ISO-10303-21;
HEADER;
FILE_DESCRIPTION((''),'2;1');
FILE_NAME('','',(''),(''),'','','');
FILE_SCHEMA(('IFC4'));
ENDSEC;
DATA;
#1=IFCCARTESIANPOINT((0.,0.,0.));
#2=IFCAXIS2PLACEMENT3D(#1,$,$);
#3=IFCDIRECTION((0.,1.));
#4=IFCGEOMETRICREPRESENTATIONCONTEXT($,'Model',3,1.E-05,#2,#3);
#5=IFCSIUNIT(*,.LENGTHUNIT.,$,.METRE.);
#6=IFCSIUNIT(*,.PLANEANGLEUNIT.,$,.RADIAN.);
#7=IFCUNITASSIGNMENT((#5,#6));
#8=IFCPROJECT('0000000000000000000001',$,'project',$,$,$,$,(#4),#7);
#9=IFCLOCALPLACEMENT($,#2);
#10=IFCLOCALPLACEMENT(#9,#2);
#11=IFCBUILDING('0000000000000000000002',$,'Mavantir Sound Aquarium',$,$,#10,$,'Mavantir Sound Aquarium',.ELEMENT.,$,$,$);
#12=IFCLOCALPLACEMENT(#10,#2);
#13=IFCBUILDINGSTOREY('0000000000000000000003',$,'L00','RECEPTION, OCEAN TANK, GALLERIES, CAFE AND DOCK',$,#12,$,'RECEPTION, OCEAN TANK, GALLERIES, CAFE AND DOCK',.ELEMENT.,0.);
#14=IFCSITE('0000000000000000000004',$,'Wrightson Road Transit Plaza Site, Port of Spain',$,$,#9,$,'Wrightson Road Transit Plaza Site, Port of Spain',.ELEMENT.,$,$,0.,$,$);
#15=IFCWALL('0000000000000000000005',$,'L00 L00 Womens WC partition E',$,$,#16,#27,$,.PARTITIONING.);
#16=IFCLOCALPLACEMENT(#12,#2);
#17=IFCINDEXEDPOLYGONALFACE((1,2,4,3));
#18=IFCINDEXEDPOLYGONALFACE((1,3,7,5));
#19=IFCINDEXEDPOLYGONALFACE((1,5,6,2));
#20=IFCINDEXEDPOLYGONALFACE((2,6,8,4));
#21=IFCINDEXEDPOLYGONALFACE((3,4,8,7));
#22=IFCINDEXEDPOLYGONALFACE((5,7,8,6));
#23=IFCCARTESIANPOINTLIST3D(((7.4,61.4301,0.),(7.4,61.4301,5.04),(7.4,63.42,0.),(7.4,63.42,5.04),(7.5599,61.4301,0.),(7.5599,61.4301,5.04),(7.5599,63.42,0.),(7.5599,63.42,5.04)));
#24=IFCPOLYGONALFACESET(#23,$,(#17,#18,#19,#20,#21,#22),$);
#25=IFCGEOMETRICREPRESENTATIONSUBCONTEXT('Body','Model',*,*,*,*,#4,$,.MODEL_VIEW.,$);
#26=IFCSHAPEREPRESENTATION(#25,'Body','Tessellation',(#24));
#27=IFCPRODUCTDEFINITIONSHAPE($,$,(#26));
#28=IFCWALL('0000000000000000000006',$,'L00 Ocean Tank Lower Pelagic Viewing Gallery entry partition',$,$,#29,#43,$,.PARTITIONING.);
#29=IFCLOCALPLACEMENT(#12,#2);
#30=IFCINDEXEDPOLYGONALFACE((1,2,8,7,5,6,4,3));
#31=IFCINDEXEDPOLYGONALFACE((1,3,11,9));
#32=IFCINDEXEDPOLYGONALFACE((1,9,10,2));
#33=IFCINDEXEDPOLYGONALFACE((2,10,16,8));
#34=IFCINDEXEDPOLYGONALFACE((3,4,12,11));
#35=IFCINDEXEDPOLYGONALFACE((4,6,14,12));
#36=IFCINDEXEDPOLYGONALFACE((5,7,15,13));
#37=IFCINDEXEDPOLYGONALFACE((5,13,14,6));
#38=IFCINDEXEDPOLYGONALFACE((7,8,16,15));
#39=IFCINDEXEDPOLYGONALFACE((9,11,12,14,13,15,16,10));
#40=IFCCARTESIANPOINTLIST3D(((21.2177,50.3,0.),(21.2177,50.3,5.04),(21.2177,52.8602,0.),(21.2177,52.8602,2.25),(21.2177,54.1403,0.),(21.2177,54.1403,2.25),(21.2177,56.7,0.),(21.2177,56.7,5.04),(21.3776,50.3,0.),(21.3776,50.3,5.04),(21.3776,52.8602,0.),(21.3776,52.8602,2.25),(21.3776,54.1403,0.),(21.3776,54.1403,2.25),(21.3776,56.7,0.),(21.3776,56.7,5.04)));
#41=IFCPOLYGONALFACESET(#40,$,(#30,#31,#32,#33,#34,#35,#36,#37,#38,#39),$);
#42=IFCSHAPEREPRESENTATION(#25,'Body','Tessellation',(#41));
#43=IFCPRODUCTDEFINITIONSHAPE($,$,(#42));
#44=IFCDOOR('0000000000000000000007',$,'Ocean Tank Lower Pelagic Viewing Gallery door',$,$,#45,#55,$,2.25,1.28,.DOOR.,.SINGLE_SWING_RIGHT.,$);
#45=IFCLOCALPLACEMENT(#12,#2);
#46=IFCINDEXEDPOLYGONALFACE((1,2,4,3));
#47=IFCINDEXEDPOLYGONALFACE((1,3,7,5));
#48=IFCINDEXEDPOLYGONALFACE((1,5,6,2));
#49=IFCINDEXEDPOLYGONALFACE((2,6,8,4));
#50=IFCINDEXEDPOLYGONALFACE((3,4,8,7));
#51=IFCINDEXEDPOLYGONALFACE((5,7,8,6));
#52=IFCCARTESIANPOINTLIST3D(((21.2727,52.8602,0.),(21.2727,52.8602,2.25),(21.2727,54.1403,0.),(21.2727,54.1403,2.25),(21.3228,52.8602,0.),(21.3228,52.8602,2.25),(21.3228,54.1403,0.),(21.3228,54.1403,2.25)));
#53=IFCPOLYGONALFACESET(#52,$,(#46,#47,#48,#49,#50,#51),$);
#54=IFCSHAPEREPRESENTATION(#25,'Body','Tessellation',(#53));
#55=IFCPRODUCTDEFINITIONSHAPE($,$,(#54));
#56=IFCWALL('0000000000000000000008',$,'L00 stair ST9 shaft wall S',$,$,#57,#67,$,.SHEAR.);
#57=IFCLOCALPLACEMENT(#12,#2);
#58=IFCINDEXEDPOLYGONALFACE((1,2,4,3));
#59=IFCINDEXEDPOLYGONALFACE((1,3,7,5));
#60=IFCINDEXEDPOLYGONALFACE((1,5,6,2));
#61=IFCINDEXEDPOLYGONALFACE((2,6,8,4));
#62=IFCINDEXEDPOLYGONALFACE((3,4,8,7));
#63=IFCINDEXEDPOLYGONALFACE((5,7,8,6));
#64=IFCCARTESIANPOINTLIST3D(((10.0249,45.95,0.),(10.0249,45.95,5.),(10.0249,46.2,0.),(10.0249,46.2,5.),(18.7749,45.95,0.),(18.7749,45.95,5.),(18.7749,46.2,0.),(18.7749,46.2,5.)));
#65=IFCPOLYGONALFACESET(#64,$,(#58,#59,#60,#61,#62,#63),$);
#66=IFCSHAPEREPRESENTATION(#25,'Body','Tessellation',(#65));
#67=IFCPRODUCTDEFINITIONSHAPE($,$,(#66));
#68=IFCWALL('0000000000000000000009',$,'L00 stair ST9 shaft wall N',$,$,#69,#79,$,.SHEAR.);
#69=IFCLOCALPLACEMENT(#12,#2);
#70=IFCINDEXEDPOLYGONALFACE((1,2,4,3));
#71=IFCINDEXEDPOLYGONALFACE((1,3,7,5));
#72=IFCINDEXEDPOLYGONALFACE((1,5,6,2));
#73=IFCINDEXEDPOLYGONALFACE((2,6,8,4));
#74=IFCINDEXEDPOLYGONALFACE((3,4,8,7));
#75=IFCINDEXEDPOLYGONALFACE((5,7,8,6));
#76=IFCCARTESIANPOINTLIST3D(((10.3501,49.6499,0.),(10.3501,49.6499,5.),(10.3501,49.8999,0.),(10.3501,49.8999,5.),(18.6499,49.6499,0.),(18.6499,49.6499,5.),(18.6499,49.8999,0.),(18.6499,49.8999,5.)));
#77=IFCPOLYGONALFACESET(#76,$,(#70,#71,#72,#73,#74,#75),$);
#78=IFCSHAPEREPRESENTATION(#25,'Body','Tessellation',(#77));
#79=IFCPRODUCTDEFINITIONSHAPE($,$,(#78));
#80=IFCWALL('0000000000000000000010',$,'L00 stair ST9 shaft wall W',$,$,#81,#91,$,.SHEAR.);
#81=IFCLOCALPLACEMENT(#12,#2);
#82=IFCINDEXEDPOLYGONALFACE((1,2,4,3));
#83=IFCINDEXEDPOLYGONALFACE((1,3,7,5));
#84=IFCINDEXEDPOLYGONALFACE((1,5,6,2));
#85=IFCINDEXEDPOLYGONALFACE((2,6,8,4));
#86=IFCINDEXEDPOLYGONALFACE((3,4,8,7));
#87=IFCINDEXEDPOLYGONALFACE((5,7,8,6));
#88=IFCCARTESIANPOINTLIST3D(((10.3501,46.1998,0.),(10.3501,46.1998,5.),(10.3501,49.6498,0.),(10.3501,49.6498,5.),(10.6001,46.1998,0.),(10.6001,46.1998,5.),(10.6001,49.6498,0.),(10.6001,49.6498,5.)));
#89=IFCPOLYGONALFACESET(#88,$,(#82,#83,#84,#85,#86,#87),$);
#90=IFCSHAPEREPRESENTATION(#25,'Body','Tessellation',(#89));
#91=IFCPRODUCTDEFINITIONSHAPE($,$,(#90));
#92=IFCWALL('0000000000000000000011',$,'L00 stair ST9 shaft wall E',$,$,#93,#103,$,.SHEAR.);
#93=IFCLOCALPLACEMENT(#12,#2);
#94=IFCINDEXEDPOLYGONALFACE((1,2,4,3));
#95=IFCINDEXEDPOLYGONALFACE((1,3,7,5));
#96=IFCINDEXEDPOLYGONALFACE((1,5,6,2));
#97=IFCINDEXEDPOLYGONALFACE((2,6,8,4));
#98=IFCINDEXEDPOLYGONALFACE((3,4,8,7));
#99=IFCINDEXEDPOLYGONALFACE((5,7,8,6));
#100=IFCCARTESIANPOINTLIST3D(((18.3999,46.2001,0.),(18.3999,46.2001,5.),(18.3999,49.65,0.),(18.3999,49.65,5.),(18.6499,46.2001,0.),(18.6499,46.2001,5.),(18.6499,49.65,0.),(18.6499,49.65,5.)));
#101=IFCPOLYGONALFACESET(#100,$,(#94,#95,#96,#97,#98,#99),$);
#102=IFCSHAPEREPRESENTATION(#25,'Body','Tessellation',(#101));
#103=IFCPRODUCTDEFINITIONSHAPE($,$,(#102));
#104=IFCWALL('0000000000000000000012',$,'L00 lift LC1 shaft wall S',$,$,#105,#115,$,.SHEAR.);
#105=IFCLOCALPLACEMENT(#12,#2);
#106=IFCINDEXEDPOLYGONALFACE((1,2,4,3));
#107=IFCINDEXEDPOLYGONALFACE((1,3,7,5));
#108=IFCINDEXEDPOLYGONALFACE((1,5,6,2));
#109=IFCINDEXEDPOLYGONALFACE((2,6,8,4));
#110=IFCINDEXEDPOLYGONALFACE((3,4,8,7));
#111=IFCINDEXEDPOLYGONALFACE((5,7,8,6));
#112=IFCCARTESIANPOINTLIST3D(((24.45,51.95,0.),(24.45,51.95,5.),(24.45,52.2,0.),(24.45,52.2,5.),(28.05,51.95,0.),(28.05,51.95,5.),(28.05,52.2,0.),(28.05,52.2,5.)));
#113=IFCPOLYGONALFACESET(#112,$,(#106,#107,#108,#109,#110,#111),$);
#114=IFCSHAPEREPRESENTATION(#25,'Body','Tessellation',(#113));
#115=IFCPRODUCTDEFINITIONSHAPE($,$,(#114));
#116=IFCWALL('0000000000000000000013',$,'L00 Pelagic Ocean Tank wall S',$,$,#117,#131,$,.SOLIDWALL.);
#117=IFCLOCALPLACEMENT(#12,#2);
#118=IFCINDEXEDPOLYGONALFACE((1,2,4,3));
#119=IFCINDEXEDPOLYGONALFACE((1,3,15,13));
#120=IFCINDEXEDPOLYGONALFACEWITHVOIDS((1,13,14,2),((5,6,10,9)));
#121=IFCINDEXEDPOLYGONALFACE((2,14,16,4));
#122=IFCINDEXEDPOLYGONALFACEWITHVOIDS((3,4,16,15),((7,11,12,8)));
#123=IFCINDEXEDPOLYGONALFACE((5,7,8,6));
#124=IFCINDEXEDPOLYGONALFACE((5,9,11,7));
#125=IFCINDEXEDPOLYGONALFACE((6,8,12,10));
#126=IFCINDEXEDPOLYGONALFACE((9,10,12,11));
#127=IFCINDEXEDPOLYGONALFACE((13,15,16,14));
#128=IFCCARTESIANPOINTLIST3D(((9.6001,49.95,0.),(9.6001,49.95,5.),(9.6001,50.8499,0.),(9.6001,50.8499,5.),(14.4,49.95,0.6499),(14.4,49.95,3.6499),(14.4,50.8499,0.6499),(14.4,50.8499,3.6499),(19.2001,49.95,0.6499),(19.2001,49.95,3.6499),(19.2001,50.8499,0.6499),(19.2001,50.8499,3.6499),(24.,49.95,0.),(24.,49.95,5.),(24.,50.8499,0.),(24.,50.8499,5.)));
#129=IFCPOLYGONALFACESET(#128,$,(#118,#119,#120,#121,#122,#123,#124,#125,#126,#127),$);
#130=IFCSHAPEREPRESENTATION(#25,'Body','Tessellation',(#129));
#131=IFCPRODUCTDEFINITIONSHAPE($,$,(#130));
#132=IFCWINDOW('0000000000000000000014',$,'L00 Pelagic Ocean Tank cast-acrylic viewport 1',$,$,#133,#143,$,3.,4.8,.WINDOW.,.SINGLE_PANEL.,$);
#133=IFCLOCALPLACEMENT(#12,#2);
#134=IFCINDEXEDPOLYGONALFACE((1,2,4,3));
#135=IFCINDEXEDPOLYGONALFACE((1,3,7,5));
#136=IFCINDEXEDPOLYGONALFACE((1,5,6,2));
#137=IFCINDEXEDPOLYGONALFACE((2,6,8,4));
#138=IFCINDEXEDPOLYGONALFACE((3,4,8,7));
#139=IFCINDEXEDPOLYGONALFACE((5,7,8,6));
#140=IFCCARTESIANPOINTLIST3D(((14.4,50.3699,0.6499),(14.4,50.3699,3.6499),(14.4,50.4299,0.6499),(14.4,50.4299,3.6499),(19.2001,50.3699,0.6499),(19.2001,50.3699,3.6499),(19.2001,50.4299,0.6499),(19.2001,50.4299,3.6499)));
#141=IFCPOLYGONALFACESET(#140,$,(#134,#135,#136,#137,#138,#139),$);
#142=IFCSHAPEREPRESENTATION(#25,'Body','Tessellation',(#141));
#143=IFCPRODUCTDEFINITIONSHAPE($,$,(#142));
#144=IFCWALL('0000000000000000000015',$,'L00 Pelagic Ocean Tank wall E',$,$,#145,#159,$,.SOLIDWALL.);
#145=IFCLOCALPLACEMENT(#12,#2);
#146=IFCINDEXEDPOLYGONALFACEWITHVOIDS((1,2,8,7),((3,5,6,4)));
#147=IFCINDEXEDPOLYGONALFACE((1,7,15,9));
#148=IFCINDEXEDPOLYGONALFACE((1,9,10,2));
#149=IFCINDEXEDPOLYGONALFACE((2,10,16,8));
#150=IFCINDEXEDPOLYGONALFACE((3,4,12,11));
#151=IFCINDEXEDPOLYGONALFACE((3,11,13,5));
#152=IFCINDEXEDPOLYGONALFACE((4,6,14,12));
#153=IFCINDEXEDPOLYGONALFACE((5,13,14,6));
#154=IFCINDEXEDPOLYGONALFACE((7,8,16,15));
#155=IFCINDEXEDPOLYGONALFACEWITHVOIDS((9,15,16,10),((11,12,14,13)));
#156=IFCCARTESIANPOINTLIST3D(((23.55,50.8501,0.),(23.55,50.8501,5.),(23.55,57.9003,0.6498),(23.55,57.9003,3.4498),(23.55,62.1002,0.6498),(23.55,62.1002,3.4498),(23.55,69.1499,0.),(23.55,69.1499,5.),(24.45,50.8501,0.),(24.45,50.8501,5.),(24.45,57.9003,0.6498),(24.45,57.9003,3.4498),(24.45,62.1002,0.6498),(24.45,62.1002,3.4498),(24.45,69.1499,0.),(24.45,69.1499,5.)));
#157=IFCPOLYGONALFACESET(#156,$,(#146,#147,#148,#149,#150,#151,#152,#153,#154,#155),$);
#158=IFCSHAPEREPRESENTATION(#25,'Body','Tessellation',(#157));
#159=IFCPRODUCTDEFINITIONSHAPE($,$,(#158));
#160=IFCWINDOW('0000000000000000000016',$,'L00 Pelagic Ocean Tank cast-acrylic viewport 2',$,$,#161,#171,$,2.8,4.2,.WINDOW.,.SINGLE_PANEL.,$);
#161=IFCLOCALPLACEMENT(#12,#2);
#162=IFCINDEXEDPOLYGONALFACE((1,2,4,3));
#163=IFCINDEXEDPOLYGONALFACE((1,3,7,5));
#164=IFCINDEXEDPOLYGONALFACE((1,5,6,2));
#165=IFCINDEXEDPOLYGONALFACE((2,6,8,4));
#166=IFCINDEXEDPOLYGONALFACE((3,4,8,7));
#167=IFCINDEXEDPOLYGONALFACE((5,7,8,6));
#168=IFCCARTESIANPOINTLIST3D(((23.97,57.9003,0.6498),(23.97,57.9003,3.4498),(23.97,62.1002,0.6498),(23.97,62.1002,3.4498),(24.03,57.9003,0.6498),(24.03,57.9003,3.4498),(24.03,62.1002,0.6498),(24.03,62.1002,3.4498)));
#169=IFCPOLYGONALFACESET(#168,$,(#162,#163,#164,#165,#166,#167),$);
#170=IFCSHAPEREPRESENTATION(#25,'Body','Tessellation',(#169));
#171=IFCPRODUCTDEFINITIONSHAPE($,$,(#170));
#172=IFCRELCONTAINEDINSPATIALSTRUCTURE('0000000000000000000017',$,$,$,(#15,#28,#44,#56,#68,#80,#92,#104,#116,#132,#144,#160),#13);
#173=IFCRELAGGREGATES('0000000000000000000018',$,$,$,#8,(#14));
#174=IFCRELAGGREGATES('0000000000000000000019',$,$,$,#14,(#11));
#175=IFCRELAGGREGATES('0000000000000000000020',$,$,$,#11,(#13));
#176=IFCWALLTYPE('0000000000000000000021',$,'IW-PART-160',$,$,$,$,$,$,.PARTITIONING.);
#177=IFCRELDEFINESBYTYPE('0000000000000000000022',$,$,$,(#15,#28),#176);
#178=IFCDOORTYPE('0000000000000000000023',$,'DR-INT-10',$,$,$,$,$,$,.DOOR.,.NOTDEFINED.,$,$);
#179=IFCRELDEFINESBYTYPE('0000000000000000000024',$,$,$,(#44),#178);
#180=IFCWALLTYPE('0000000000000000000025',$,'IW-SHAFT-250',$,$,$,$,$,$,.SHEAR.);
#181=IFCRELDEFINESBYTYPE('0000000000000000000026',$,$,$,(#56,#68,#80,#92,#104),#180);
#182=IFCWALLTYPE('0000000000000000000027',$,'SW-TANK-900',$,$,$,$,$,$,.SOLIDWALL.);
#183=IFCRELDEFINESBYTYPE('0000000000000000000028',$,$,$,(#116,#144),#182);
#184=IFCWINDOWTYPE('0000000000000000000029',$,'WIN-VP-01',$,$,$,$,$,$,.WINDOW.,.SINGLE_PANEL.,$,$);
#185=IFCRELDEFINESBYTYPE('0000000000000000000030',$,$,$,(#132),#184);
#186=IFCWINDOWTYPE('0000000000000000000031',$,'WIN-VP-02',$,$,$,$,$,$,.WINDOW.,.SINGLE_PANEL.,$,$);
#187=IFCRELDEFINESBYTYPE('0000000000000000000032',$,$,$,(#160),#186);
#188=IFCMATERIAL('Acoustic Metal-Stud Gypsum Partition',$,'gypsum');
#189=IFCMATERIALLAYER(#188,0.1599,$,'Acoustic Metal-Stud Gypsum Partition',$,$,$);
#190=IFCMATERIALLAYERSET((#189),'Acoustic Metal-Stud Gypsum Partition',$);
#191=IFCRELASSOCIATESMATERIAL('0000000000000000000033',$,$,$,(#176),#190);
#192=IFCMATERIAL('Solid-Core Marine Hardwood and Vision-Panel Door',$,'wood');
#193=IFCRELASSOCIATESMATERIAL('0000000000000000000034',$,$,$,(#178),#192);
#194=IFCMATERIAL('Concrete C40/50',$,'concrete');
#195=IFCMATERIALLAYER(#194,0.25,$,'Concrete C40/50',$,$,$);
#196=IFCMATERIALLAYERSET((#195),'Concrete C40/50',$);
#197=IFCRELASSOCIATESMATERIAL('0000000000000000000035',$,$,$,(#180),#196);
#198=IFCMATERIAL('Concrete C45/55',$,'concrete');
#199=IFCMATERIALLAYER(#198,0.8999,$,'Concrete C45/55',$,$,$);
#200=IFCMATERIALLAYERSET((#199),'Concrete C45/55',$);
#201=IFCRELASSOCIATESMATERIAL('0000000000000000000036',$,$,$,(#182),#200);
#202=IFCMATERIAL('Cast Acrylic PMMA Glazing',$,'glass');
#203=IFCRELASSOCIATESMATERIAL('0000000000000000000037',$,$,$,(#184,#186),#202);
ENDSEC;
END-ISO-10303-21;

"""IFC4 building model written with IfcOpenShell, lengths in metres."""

from ifc_helpers import new_model, si_unit, direction, frame, frame_2d, origin, place, context, subcontext, project, spatial, rectangle, extrude, material, layer, layer_set, type_object, element, fill, save


model = new_model("IFC4")

# Units and contexts
model_context = context("Model", 3, precision=1e-05, world=origin(), true_north=direction((0.0, 1.0)))
body_context = subcontext(model_context, "Body", "Model", "MODEL_VIEW")
ifc_project = project(units=[si_unit("LENGTHUNIT", "METRE"), si_unit("PLANEANGLEUNIT", "RADIAN")], contexts=[model_context])

# Site, building, storey
site_placement = place(None, origin())
site = spatial("IfcSite", under=ifc_project, at=site_placement, Name="Wrightson Road Transit Plaza Site, Port of Spain", LongName="Wrightson Road Transit Plaza Site, Port of Spain", CompositionType="ELEMENT", RefElevation=0.0)
building_placement = place(site_placement, origin())
building = spatial("IfcBuilding", under=site, at=building_placement, Name="Mavantir Sound Aquarium", LongName="Mavantir Sound Aquarium", CompositionType="ELEMENT")
storey_placement = place(building_placement, origin())
storey = spatial("IfcBuildingStorey", under=building, at=storey_placement, Name="L00", Description="RECEPTION, OCEAN TANK, GALLERIES, CAFE AND DOCK", LongName="RECEPTION, OCEAN TANK, GALLERIES, CAFE AND DOCK", CompositionType="ELEMENT", Elevation=0.0)

# Shared definitions
ifc_material_1 = material(Name="Concrete C40/50", Category="concrete")

# Shared definitions
ifc_material_2 = material(Name="Solid-Core Marine Hardwood and Vision-Panel Door", Category="wood")

# Wall
ifc_material_3 = material(Name="Acoustic Metal-Stud Gypsum Partition", Category="gypsum")
ifc_layer_1 = layer(ifc_material_3, 0.1599, Name="Acoustic Metal-Stud Gypsum Partition")
ifc_layer_set_1 = layer_set([ifc_layer_1], Name="Acoustic Metal-Stud Gypsum Partition")
wall_type_1 = type_object("IfcWallType", Name="IW-PART-160", PredefinedType="PARTITIONING", material=ifc_layer_set_1)
wall_1_placement = place(storey_placement, frame((7.48, 61.4299, 0.0), z_axis=(0.0, 0.0, 1.0), x_axis=(0.0, 1.0, 0.0)))
element("IfcWall", 1, at=wall_1_placement, inside=storey, type_object=wall_type_1, Name="L00 L00 Womens WC partition E", PredefinedType="PARTITIONING", context=body_context, shape_type="SweptSolid", body=[
    extrude(rectangle(XDim=1.99, YDim=0.1599, at=frame_2d((0.9951, 0.0))), origin(), (0.0, 0.0, 1.0), 5.04),
])

# Wall, opening, door
wall_2_placement = place(storey_placement, frame((21.2976, 50.3, 0.0), z_axis=(0.0, 0.0, 1.0), x_axis=(0.0, 1.0, 0.0)))
wall_2 = element("IfcWall", 2, at=wall_2_placement, inside=storey, type_object=wall_type_1, Name="L00 Ocean Tank Lower Pelagic Viewing Gallery entry partition", PredefinedType="PARTITIONING", context=body_context, shape_type="SweptSolid", body=[
    extrude(rectangle(XDim=6.3999, YDim=0.1599, at=frame_2d((3.2, 0.0))), origin(), (0.0, 0.0, 1.0), 5.04),
])
opening_1_placement = place(wall_2_placement, frame((2.5601, 0.0, 0.0)))
opening_1 = element("IfcOpeningElement", 3, at=opening_1_placement, cuts=wall_2, PredefinedType="OPENING", context=body_context, shape_type="SweptSolid", body=[
    extrude(rectangle(XDim=1.28, YDim=2.25, at=frame_2d((0.6401, 1.125))), frame((0.0, 0.0898, 0.0), z_axis=(0.0, -1.0, 0.0), x_axis=(1.0, 0.0, 0.0)), (0.0, 0.0, 1.0), 0.1799),
])
door_type_1 = type_object("IfcDoorType", Name="DR-INT-10", OperationType="NOTDEFINED", PredefinedType="DOOR", material=ifc_material_2)
door_1_placement = place(opening_1_placement, origin())
door_1 = element("IfcDoor", 4, at=door_1_placement, inside=storey, type_object=door_type_1, Name="Ocean Tank Lower Pelagic Viewing Gallery door", OperationType="SINGLE_SWING_RIGHT", OverallHeight=2.25, OverallWidth=1.28, PredefinedType="DOOR", context=body_context, shape_type="SweptSolid", body=[
    extrude(rectangle(XDim=1.28, YDim=2.25, at=frame_2d((0.6401, 1.125))), frame((0.0, 0.0249, 0.0), z_axis=(0.0, -1.0, 0.0), x_axis=(1.0, 0.0, 0.0)), (0.0, 0.0, 1.0), 0.05),
])
fill(opening_1, door_1)

# Walls
ifc_layer_2 = layer(ifc_material_1, 0.25, Name="Concrete C40/50")
ifc_layer_set_2 = layer_set([ifc_layer_2], Name="Concrete C40/50")
wall_type_2 = type_object("IfcWallType", Name="IW-SHAFT-250", PredefinedType="SHEAR", material=ifc_layer_set_2)
wall_3_placement = place(storey_placement, frame((10.0249, 46.075, 0.0), z_axis=(0.0, 0.0, 1.0), x_axis=(1.0, 0.0, 0.0)))
element("IfcWall", 5, at=wall_3_placement, inside=storey, type_object=wall_type_2, Name="L00 stair ST9 shaft wall S", PredefinedType="SHEAR", context=body_context, shape_type="SweptSolid", body=[
    extrude(rectangle(XDim=8.75, YDim=0.25, at=frame_2d((4.375, 0.0))), origin(), (0.0, 0.0, 1.0), 5.0),
])
wall_4_placement = place(storey_placement, frame((18.6499, 49.7749, 0.0), z_axis=(0.0, 0.0, 1.0), x_axis=(-1.0, 0.0, 0.0)))
element("IfcWall", 6, at=wall_4_placement, inside=storey, type_object=wall_type_2, Name="L00 stair ST9 shaft wall N", PredefinedType="SHEAR", context=body_context, shape_type="SweptSolid", body=[
    extrude(rectangle(XDim=8.2998, YDim=0.25, at=frame_2d((4.1499, 0.0))), origin(), (0.0, 0.0, 1.0), 5.0),
])
for number, where, z_axis, x_axis, name in (
    (7, (10.4751, 49.6499, 0.0), (0.0, 0.0, 1.0), (0.0, -1.0, 0.0), "L00 stair ST9 shaft wall W"),
    (8, (18.5249, 46.2, 0.0), (0.0, 0.0, 1.0), (0.0, 1.0, 0.0), "L00 stair ST9 shaft wall E"),
):
    element("IfcWall", number, at=place(storey_placement, frame(where, z_axis=z_axis, x_axis=x_axis)), inside=storey, type_object=wall_type_2, Name=name, PredefinedType="SHEAR", context=body_context, shape_type="SweptSolid", body=[
        extrude(rectangle(XDim=3.45, YDim=0.25, at=frame_2d((1.7251, 0.0))), origin(), (0.0, 0.0, 1.0), 5.0),
    ])
wall_5_placement = place(storey_placement, frame((24.45, 52.075, 0.0), z_axis=(0.0, 0.0, 1.0), x_axis=(1.0, 0.0, 0.0)))
element("IfcWall", 9, at=wall_5_placement, inside=storey, type_object=wall_type_2, Name="L00 lift LC1 shaft wall S", PredefinedType="SHEAR", context=body_context, shape_type="SweptSolid", body=[
    extrude(rectangle(XDim=3.6001, YDim=0.25, at=frame_2d((1.8, 0.0))), origin(), (0.0, 0.0, 1.0), 5.0),
])

# Walls, openings, windows
ifc_material_4 = material(Name="Concrete C45/55", Category="concrete")
ifc_layer_3 = layer(ifc_material_4, 0.8999, Name="Concrete C45/55")
ifc_layer_set_3 = layer_set([ifc_layer_3], Name="Concrete C45/55")
wall_type_3 = type_object("IfcWallType", Name="SW-TANK-900", PredefinedType="SOLIDWALL", material=ifc_layer_set_3)
wall_6_placement = place(storey_placement, frame((9.6001, 50.3999, 0.0), z_axis=(0.0, 0.0, 1.0), x_axis=(1.0, 0.0, 0.0)))
wall_6 = element("IfcWall", 10, at=wall_6_placement, inside=storey, type_object=wall_type_3, Name="L00 Pelagic Ocean Tank wall S", PredefinedType="SOLIDWALL", context=body_context, shape_type="SweptSolid", body=[
    extrude(rectangle(XDim=14.3999, YDim=0.8999, at=frame_2d((7.2, 0.0))), origin(), (0.0, 0.0, 1.0), 5.0),
])
opening_2_placement = place(wall_6_placement, frame((4.8, 0.0, 0.6499)))
opening_2 = element("IfcOpeningElement", 11, at=opening_2_placement, cuts=wall_6, PredefinedType="OPENING", context=body_context, shape_type="SweptSolid", body=[
    extrude(rectangle(XDim=4.8, YDim=3.0, at=frame_2d((2.3999, 1.5))), frame((0.0, 0.46, 0.0), z_axis=(0.0, -1.0, 0.0), x_axis=(1.0, 0.0, 0.0)), (0.0, 0.0, 1.0), 0.9199),
])
ifc_material_5 = material(Name="Cast Acrylic PMMA Glazing", Category="glass")
window_type_1 = type_object("IfcWindowType", Name="WIN-VP-01", PartitioningType="SINGLE_PANEL", PredefinedType="WINDOW", material=ifc_material_5)
window_1_placement = place(opening_2_placement, origin())
window_1 = element("IfcWindow", 12, at=window_1_placement, inside=storey, type_object=window_type_1, Name="L00 Pelagic Ocean Tank cast-acrylic viewport 1", OverallHeight=3.0, OverallWidth=4.8, PartitioningType="SINGLE_PANEL", PredefinedType="WINDOW", context=body_context, shape_type="SweptSolid", body=[
    extrude(rectangle(XDim=4.8, YDim=3.0, at=frame_2d((2.3999, 1.5))), frame((0.0, 0.03, 0.0), z_axis=(0.0, -1.0, 0.0), x_axis=(1.0, 0.0, 0.0)), (0.0, 0.0, 1.0), 0.0601),
])
fill(opening_2, window_1)
wall_7_placement = place(storey_placement, frame((24.0, 50.8501, 0.0), z_axis=(0.0, 0.0, 1.0), x_axis=(0.0, 1.0, 0.0)))
wall_7 = element("IfcWall", 13, at=wall_7_placement, inside=storey, type_object=wall_type_3, Name="L00 Pelagic Ocean Tank wall E", PredefinedType="SOLIDWALL", context=body_context, shape_type="SweptSolid", body=[
    extrude(rectangle(XDim=18.2998, YDim=0.8999, at=frame_2d((9.1499, 0.0))), origin(), (0.0, 0.0, 1.0), 5.0),
])
opening_3_placement = place(wall_7_placement, frame((7.05, 0.0, 0.6499)))
opening_3 = element("IfcOpeningElement", 14, at=opening_3_placement, cuts=wall_7, PredefinedType="OPENING", context=body_context, shape_type="SweptSolid", body=[
    extrude(rectangle(XDim=4.2, YDim=2.8, at=frame_2d((2.1001, 1.3999))), frame((0.0, 0.46, 0.0), z_axis=(0.0, -1.0, 0.0), x_axis=(1.0, 0.0, 0.0)), (0.0, 0.0, 1.0), 0.9199),
])
window_type_2 = type_object("IfcWindowType", Name="WIN-VP-02", PartitioningType="SINGLE_PANEL", PredefinedType="WINDOW", material=ifc_material_5)
window_2_placement = place(opening_3_placement, origin())
window_2 = element("IfcWindow", 15, at=window_2_placement, inside=storey, type_object=window_type_2, Name="L00 Pelagic Ocean Tank cast-acrylic viewport 2", OverallHeight=2.8, OverallWidth=4.2, PartitioningType="SINGLE_PANEL", PredefinedType="WINDOW", context=body_context, shape_type="SweptSolid", body=[
    extrude(rectangle(XDim=4.2, YDim=2.8, at=frame_2d((2.1001, 1.3999))), frame((0.0, 0.03, 0.0), z_axis=(0.0, -1.0, 0.0), x_axis=(1.0, 0.0, 0.0)), (0.0, 0.0, 1.0), 0.0601),
])
fill(opening_3, window_2)

save(model, "model.ifc")
